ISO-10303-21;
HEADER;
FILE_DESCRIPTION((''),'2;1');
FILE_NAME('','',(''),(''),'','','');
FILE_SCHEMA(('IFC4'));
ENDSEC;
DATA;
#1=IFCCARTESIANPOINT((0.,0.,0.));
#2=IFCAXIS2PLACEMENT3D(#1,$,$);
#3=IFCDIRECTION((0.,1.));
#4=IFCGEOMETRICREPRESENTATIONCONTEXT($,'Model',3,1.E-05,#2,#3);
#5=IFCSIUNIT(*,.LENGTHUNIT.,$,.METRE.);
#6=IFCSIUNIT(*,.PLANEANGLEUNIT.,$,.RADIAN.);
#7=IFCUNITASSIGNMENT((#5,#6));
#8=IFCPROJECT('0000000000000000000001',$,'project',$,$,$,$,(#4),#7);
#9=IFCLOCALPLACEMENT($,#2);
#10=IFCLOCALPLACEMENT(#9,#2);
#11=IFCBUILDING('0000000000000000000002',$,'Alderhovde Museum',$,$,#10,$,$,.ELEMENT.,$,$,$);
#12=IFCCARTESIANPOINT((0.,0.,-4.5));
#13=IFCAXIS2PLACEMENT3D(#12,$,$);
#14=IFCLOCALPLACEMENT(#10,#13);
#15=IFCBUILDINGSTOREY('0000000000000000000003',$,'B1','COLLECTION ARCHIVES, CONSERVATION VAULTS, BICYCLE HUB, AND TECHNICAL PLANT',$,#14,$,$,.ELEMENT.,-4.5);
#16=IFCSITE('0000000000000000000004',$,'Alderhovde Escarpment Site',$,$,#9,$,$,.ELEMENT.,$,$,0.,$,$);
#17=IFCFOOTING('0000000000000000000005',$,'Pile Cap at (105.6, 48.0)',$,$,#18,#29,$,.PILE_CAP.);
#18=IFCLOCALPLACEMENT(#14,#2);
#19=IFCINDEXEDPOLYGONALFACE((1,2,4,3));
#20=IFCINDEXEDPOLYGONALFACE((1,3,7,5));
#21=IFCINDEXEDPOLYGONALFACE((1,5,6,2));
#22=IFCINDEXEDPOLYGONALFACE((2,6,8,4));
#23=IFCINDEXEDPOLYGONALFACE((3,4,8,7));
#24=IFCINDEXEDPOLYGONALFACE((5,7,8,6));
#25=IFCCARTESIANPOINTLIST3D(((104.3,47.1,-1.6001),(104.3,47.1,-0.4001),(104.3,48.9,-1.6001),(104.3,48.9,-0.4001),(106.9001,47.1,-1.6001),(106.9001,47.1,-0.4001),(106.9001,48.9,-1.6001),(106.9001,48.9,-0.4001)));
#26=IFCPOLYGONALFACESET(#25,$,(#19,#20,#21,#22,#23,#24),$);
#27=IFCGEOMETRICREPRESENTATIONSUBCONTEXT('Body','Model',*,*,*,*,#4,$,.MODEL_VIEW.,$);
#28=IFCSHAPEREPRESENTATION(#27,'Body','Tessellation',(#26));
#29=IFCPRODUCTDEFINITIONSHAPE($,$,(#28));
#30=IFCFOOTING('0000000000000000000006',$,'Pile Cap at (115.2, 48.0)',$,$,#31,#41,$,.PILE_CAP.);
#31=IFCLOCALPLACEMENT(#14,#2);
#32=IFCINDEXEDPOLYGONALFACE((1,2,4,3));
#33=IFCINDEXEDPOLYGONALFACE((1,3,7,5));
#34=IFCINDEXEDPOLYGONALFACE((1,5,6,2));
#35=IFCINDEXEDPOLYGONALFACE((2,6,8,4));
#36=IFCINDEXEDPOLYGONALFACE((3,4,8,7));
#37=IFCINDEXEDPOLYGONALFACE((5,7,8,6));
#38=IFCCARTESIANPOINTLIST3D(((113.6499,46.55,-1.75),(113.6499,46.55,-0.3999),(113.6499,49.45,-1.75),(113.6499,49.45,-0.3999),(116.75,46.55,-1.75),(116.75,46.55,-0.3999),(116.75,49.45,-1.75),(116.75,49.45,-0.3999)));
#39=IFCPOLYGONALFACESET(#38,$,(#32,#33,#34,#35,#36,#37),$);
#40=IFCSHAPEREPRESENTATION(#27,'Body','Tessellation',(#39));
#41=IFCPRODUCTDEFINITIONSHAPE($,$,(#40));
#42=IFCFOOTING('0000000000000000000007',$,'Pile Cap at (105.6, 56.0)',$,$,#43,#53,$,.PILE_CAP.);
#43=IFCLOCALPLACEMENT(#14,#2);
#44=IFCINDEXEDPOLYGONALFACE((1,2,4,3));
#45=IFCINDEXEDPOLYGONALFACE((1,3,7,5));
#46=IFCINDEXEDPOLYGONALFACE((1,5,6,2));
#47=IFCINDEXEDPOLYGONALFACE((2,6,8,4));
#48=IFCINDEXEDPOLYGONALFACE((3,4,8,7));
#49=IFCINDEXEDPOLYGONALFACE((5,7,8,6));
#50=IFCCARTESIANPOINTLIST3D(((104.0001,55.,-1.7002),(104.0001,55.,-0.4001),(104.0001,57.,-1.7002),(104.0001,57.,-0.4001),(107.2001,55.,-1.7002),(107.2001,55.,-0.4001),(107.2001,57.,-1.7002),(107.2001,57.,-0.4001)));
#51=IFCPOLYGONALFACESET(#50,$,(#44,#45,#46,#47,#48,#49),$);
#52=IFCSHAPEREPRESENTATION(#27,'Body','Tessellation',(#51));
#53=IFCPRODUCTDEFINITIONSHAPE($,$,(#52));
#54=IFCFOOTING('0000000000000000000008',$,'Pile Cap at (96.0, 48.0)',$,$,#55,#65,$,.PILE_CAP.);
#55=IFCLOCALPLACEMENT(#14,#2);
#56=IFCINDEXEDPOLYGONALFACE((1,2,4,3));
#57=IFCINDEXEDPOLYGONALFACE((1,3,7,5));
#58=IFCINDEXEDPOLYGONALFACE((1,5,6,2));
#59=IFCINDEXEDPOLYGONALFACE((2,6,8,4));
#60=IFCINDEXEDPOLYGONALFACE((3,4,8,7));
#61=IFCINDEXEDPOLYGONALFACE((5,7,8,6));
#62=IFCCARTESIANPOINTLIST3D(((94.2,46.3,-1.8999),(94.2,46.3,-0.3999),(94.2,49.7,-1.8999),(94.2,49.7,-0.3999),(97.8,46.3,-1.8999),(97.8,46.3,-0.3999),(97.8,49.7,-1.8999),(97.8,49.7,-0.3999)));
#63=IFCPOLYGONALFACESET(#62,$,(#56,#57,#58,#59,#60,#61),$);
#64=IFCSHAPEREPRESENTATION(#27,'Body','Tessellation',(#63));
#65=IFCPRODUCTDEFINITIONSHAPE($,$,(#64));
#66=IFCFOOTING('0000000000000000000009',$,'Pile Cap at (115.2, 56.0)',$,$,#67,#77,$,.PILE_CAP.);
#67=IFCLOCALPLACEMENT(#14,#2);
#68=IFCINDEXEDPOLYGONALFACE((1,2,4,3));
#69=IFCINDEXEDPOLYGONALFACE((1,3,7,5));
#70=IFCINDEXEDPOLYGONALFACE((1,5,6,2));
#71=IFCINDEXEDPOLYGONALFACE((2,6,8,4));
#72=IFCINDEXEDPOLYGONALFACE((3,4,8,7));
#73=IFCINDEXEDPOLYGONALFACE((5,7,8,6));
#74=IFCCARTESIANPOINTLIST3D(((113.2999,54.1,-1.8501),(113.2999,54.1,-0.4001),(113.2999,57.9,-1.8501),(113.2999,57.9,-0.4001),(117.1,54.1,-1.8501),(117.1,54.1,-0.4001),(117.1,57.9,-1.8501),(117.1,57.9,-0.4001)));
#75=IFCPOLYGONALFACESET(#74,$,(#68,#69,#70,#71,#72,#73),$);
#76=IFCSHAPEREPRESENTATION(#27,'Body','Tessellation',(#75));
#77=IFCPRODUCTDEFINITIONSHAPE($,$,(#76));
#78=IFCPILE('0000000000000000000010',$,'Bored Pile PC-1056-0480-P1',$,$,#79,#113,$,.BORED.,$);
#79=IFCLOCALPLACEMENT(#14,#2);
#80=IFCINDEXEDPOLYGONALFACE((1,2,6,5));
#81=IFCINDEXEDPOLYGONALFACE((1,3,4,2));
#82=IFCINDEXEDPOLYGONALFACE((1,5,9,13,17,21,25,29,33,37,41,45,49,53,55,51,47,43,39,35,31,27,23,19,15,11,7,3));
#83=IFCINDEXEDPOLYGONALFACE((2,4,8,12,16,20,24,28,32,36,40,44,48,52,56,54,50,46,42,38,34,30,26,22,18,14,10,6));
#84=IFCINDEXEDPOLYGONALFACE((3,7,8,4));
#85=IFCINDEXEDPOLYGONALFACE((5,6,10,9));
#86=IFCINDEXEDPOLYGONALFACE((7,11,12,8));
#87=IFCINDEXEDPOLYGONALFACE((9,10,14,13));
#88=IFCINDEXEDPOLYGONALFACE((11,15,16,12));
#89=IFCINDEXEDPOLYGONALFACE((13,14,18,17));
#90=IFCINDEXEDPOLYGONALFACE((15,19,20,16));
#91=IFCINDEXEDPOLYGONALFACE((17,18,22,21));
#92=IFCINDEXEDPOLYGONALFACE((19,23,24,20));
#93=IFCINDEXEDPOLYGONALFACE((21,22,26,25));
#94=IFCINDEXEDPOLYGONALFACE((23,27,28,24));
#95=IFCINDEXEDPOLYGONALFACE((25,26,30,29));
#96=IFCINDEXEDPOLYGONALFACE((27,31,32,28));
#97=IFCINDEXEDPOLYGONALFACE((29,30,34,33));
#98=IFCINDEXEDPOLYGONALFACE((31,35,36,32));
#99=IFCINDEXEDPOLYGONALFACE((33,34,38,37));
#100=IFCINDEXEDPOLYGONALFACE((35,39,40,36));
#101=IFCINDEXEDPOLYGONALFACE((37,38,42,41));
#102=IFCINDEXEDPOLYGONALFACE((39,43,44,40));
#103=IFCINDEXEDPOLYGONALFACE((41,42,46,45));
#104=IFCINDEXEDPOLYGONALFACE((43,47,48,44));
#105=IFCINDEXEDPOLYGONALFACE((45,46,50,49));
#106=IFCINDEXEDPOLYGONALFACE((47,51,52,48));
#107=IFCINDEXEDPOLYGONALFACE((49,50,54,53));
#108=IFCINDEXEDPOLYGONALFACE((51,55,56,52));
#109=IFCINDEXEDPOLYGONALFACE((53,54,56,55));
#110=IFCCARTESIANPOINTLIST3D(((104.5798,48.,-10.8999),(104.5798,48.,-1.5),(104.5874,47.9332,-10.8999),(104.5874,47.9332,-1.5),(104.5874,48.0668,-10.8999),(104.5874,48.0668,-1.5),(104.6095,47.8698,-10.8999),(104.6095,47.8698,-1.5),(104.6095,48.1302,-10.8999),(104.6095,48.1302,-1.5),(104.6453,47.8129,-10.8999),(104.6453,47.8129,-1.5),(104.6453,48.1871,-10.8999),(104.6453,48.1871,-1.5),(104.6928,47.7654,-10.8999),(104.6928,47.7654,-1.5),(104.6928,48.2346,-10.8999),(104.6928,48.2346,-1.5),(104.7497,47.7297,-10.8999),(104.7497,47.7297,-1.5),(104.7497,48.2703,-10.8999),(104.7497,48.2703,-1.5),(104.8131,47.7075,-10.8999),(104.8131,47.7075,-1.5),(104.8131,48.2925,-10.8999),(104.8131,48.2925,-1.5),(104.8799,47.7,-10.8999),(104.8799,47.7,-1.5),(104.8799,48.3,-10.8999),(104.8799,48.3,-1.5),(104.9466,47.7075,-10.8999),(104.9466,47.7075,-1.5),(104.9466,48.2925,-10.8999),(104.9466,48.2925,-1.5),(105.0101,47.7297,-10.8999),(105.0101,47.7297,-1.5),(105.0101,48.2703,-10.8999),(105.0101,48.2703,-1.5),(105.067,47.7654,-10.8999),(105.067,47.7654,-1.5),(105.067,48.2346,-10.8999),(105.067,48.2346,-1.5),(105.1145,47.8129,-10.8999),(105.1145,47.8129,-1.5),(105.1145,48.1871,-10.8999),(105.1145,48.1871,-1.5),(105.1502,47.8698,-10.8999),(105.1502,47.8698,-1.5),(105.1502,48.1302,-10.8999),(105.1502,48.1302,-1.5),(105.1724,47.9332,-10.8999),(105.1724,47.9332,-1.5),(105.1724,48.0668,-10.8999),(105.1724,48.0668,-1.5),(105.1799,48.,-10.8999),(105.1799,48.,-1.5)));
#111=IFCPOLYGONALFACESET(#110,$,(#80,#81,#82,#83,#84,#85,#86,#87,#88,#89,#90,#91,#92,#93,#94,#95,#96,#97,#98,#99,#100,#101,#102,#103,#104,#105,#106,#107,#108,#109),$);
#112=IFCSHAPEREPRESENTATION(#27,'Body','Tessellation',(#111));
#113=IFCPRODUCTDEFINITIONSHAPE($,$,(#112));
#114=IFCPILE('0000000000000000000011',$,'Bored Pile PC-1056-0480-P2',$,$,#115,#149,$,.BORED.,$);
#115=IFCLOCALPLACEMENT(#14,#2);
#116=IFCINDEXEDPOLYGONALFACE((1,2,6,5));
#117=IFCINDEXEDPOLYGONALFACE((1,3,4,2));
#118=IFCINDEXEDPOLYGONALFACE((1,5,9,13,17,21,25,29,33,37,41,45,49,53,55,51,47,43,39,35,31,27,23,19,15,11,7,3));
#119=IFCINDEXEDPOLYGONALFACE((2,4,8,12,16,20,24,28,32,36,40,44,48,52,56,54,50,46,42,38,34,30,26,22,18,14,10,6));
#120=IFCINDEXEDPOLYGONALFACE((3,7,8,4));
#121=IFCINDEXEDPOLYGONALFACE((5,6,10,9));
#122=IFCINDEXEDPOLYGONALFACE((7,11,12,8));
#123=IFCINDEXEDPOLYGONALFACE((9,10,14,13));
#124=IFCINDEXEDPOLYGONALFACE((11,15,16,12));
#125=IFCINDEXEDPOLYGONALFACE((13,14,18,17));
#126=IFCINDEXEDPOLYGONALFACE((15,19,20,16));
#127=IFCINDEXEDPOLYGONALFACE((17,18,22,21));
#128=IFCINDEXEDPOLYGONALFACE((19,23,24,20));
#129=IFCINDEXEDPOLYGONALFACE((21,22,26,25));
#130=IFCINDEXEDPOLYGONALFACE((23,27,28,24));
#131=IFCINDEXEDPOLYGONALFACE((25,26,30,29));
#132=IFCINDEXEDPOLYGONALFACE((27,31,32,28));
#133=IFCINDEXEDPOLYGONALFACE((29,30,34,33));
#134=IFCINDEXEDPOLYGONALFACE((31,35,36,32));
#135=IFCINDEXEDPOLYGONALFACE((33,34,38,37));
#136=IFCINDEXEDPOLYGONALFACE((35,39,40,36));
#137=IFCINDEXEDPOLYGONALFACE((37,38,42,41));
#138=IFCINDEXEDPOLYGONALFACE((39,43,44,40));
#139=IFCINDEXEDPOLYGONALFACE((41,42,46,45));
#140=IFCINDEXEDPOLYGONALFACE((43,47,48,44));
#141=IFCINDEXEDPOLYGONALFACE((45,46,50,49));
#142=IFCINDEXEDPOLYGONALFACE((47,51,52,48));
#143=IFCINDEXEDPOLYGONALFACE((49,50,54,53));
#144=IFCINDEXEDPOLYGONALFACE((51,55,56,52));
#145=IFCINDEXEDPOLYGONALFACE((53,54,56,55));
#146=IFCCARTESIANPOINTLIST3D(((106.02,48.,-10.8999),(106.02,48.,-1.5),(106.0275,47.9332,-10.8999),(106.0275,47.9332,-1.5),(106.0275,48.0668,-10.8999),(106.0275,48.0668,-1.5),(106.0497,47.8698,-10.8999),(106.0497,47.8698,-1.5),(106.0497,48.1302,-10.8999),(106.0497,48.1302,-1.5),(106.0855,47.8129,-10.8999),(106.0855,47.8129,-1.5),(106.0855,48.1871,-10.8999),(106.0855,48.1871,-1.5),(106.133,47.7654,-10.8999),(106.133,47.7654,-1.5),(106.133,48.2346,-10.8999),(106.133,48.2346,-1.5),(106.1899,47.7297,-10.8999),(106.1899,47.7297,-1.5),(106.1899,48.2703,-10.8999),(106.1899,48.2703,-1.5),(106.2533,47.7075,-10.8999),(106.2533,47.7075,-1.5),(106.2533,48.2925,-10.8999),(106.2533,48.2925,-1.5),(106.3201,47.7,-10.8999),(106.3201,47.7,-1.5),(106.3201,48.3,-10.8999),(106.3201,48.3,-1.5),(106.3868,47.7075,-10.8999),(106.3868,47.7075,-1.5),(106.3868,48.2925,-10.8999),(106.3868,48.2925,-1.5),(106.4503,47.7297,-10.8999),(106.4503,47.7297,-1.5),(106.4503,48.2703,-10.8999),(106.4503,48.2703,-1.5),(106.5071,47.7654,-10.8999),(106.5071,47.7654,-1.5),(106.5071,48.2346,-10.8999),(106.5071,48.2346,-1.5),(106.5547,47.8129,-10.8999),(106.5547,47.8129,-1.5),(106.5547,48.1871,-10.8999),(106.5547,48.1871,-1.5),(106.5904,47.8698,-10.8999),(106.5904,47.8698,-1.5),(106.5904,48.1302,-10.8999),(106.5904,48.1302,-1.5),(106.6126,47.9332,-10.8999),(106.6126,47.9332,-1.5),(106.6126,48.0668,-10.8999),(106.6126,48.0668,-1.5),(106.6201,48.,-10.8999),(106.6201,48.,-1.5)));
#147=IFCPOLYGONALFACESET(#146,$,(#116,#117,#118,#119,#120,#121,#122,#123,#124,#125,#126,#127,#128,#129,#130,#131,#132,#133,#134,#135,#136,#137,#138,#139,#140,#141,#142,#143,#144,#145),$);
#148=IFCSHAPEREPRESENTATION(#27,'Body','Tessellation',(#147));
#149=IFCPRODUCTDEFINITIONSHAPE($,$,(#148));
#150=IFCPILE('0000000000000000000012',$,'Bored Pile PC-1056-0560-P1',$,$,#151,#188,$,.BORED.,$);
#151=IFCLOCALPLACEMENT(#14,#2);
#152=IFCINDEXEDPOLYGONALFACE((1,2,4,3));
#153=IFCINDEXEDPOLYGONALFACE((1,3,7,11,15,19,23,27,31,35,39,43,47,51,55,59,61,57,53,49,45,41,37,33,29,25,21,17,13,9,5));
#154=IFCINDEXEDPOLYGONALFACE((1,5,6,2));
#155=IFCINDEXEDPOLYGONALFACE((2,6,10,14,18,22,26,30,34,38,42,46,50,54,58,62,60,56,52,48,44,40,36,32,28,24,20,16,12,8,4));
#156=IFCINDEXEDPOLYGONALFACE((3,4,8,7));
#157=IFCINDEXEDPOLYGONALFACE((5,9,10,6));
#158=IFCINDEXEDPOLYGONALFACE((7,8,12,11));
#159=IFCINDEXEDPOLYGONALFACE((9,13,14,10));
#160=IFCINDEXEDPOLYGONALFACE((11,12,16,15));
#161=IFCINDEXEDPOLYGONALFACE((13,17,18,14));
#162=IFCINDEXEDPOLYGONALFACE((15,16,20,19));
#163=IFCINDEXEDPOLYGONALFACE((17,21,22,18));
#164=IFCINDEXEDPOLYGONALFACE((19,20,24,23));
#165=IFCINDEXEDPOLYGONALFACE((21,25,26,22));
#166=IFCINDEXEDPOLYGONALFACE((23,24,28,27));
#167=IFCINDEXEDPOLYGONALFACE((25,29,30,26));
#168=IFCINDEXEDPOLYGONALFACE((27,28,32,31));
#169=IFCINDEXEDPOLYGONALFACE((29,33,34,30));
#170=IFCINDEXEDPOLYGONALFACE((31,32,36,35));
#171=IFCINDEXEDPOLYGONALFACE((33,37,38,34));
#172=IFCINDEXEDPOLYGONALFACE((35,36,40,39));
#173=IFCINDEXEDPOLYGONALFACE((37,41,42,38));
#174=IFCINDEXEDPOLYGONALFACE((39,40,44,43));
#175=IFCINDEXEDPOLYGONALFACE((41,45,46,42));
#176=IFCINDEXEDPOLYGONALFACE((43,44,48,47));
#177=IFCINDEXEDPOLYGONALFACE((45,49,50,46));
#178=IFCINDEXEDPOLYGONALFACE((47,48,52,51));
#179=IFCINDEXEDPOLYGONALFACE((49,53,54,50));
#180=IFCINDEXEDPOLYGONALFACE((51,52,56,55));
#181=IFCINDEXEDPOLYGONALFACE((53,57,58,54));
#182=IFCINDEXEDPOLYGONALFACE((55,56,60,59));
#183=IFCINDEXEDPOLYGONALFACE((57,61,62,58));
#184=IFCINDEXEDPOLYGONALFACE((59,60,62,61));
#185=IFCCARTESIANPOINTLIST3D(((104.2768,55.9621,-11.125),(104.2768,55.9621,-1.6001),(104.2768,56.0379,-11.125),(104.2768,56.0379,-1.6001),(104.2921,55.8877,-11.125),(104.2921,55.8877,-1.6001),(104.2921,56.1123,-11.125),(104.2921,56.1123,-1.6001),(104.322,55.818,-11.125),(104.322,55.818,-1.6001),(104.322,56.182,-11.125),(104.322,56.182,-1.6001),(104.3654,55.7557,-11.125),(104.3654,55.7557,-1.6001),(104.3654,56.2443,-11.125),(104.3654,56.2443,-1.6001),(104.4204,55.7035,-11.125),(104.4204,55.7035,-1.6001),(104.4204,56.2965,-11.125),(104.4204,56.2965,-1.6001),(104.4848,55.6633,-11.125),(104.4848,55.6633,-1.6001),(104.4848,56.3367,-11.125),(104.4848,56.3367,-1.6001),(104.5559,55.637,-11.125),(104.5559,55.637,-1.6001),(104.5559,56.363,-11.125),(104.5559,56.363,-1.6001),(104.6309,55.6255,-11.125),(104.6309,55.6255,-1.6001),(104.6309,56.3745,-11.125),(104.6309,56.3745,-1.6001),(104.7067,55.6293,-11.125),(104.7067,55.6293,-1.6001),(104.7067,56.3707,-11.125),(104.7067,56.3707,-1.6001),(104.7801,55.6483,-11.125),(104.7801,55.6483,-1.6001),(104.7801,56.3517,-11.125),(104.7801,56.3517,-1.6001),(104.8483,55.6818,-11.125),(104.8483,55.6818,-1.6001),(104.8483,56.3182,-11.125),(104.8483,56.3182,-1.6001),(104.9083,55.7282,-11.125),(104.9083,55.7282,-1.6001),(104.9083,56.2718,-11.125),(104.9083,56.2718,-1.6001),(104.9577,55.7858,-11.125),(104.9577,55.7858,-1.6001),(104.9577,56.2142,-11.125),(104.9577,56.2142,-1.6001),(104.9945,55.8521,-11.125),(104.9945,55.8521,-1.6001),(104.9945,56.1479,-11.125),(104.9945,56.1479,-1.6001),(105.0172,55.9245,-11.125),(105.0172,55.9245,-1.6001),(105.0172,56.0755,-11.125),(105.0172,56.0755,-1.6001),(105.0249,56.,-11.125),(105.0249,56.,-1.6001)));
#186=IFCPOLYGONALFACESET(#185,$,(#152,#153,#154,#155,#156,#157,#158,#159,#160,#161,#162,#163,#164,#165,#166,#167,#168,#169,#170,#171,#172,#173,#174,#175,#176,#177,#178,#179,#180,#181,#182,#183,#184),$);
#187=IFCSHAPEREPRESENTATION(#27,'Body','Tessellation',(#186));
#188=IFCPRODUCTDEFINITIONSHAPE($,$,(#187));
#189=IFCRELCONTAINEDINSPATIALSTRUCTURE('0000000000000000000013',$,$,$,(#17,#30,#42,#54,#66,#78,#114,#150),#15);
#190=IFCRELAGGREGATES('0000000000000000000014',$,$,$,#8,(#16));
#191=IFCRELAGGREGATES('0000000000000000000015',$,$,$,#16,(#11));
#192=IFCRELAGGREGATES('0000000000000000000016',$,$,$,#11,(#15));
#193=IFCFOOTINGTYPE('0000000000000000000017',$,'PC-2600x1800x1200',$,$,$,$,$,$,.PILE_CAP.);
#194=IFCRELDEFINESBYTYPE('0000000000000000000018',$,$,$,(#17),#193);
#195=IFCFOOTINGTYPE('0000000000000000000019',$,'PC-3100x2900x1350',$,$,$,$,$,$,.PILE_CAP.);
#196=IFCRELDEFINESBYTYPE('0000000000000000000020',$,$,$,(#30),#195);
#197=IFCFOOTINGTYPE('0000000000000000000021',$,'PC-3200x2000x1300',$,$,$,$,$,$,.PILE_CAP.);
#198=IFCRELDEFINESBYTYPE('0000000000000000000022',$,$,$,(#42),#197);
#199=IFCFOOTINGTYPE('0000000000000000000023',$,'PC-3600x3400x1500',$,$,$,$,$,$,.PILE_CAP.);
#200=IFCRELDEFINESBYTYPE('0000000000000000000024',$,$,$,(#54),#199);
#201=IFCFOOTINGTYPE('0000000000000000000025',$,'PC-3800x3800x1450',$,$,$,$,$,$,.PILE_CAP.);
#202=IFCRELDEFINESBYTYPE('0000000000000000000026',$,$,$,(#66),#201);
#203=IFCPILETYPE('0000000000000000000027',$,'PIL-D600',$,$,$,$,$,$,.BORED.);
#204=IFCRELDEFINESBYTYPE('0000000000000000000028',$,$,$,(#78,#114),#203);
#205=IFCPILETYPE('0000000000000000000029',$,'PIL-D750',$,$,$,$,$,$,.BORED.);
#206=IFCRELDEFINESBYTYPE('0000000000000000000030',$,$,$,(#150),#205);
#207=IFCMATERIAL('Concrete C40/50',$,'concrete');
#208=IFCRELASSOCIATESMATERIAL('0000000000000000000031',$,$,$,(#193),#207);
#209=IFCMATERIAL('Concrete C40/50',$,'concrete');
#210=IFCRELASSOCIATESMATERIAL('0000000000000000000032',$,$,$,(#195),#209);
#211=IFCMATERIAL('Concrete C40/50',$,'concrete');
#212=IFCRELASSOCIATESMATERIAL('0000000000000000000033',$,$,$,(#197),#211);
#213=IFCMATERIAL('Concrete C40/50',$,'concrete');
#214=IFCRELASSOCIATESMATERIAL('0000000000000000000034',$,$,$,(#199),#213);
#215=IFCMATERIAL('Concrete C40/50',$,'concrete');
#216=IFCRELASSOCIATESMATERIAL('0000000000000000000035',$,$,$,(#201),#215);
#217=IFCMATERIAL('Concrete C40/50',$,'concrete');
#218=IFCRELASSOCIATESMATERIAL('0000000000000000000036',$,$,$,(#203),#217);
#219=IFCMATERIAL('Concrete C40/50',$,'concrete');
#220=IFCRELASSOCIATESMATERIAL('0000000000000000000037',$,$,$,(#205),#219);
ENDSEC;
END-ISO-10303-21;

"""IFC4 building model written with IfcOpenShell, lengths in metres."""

from ifc_helpers import new_model, si_unit, direction, frame, origin, origin_2d, place, context, subcontext, project, spatial, rectangle, circle, extrude, material, material_profile, profile_set, type_object, element, save


model = new_model("IFC4")

# Units and contexts
model_context = context("Model", 3, precision=1e-05, world=origin(), true_north=direction((0.0, 1.0)))
body_context = subcontext(model_context, "Body", "Model", "MODEL_VIEW")
ifc_project = project(units=[si_unit("LENGTHUNIT", "METRE"), si_unit("PLANEANGLEUNIT", "RADIAN")], contexts=[model_context])

# Site, building, storey
site_placement = place(None, origin())
site = spatial("IfcSite", under=ifc_project, at=site_placement, Name="Alderhovde Escarpment Site", CompositionType="ELEMENT", RefElevation=0.0)
building_placement = place(site_placement, origin())
building = spatial("IfcBuilding", under=site, at=building_placement, Name="Alderhovde Museum", CompositionType="ELEMENT")
storey_placement = place(building_placement, frame((0.0, 0.0, -4.5)))
storey = spatial("IfcBuildingStorey", under=building, at=storey_placement, Name="B1", Description="COLLECTION ARCHIVES, CONSERVATION VAULTS, BICYCLE HUB, AND TECHNICAL PLANT", CompositionType="ELEMENT", Elevation=-4.5)

# Footings
ifc_material_1 = material(Name="Concrete C40/50", Category="concrete")
footing_type_1 = type_object("IfcFootingType", Name="PC-2600x1800x1200", PredefinedType="PILE_CAP", material=ifc_material_1)
footing_1_placement = place(storey_placement, frame((105.6001, 48.0, -1.6001), z_axis=(0.0, 0.0, 1.0), x_axis=(1.0, 0.0, 0.0)))
element("IfcFooting", 1, at=footing_1_placement, inside=storey, type_object=footing_type_1, Name="Pile Cap at (105.6, 48.0)", PredefinedType="PILE_CAP", context=body_context, shape_type="SweptSolid", body=[
    extrude(rectangle(XDim=2.6001, YDim=1.8, at=origin_2d()), origin(), (0.0, 0.0, 1.0), 1.2),
])
ifc_material_2 = material(Name="Concrete C40/50", Category="concrete")
footing_type_2 = type_object("IfcFootingType", Name="PC-3100x2900x1350", PredefinedType="PILE_CAP", material=ifc_material_2)
footing_2_placement = place(storey_placement, frame((115.2, 48.0, -1.75), z_axis=(0.0, 0.0, 1.0), x_axis=(1.0, 0.0, 0.0)))
element("IfcFooting", 2, at=footing_2_placement, inside=storey, type_object=footing_type_2, Name="Pile Cap at (115.2, 48.0)", PredefinedType="PILE_CAP", context=body_context, shape_type="SweptSolid", body=[
    extrude(rectangle(XDim=3.1001, YDim=2.8999, at=origin_2d()), origin(), (0.0, 0.0, 1.0), 1.3501),
])
ifc_material_3 = material(Name="Concrete C40/50", Category="concrete")
footing_type_3 = type_object("IfcFootingType", Name="PC-3200x2000x1300", PredefinedType="PILE_CAP", material=ifc_material_3)
footing_3_placement = place(storey_placement, frame((105.6001, 56.0, -1.7002), z_axis=(0.0, 0.0, 1.0), x_axis=(1.0, 0.0, 0.0)))
element("IfcFooting", 3, at=footing_3_placement, inside=storey, type_object=footing_type_3, Name="Pile Cap at (105.6, 56.0)", PredefinedType="PILE_CAP", context=body_context, shape_type="SweptSolid", body=[
    extrude(rectangle(XDim=3.2, YDim=2.0, at=origin_2d()), origin(), (0.0, 0.0, 1.0), 1.3),
])
ifc_material_4 = material(Name="Concrete C40/50", Category="concrete")
footing_type_4 = type_object("IfcFootingType", Name="PC-3600x3400x1500", PredefinedType="PILE_CAP", material=ifc_material_4)
footing_4_placement = place(storey_placement, frame((96.0, 48.0, -1.8999), z_axis=(0.0, 0.0, 1.0), x_axis=(1.0, 0.0, 0.0)))
element("IfcFooting", 4, at=footing_4_placement, inside=storey, type_object=footing_type_4, Name="Pile Cap at (96.0, 48.0)", PredefinedType="PILE_CAP", context=body_context, shape_type="SweptSolid", body=[
    extrude(rectangle(XDim=3.6001, YDim=3.3999, at=origin_2d()), origin(), (0.0, 0.0, 1.0), 1.5),
])
ifc_material_5 = material(Name="Concrete C40/50", Category="concrete")
footing_type_5 = type_object("IfcFootingType", Name="PC-3800x3800x1450", PredefinedType="PILE_CAP", material=ifc_material_5)
footing_5_placement = place(storey_placement, frame((115.2, 56.0, -1.8501), z_axis=(0.0, 0.0, 1.0), x_axis=(1.0, 0.0, 0.0)))
element("IfcFooting", 5, at=footing_5_placement, inside=storey, type_object=footing_type_5, Name="Pile Cap at (115.2, 56.0)", PredefinedType="PILE_CAP", context=body_context, shape_type="SweptSolid", body=[
    extrude(rectangle(XDim=3.8, YDim=3.8, at=origin_2d()), origin(), (0.0, 0.0, 1.0), 1.45),
])

# Piles
ifc_material_6 = material(Name="Concrete C40/50", Category="concrete")
ifc_material_profile_1 = material_profile(ifc_material_6, circle(Radius=0.3, at=origin_2d()), Name="PILE-D600")
ifc_profile_set_1 = profile_set([ifc_material_profile_1], Name="Concrete C40/50")
pile_type_1 = type_object("IfcPileType", Name="PIL-D600", PredefinedType="BORED", material=ifc_profile_set_1)
for number, where, z_axis, x_axis, name in (
    (6, (104.8799, 48.0, -1.5), (0.0, 0.0, -1.0), (1.0, 0.0, 0.0), "Bored Pile PC-1056-0480-P1"),
    (7, (106.3201, 48.0, -1.5), (0.0, 0.0, -1.0), (1.0, 0.0, 0.0), "Bored Pile PC-1056-0480-P2"),
):
    element("IfcPile", number, at=place(storey_placement, frame(where, z_axis=z_axis, x_axis=x_axis)), inside=storey, type_object=pile_type_1, Name=name, PredefinedType="BORED", context=body_context, shape_type="SweptSolid", body=[
        extrude(circle(Radius=0.3, at=origin_2d()), origin(), (0.0, 0.0, 1.0), 9.3999),
    ])
ifc_material_7 = material(Name="Concrete C40/50", Category="concrete")
ifc_material_profile_2 = material_profile(ifc_material_7, circle(Radius=0.375, at=origin_2d()), Name="PILE-D750")
ifc_profile_set_2 = profile_set([ifc_material_profile_2], Name="Concrete C40/50")
pile_type_2 = type_object("IfcPileType", Name="PIL-D750", PredefinedType="BORED", material=ifc_profile_set_2)
for number, where, z_axis, x_axis, name in (
    (8, (104.6499, 56.0, -1.6001), (0.0, 0.0, -1.0), (1.0, 0.0, 0.0), "Bored Pile PC-1056-0560-P1"),
):
    element("IfcPile", number, at=place(storey_placement, frame(where, z_axis=z_axis, x_axis=x_axis)), inside=storey, type_object=pile_type_2, Name=name, PredefinedType="BORED", context=body_context, shape_type="SweptSolid", body=[
        extrude(circle(Radius=0.375, at=origin_2d()), origin(), (0.0, 0.0, 1.0), 9.5249),
    ])

save(model, "model.ifc")
